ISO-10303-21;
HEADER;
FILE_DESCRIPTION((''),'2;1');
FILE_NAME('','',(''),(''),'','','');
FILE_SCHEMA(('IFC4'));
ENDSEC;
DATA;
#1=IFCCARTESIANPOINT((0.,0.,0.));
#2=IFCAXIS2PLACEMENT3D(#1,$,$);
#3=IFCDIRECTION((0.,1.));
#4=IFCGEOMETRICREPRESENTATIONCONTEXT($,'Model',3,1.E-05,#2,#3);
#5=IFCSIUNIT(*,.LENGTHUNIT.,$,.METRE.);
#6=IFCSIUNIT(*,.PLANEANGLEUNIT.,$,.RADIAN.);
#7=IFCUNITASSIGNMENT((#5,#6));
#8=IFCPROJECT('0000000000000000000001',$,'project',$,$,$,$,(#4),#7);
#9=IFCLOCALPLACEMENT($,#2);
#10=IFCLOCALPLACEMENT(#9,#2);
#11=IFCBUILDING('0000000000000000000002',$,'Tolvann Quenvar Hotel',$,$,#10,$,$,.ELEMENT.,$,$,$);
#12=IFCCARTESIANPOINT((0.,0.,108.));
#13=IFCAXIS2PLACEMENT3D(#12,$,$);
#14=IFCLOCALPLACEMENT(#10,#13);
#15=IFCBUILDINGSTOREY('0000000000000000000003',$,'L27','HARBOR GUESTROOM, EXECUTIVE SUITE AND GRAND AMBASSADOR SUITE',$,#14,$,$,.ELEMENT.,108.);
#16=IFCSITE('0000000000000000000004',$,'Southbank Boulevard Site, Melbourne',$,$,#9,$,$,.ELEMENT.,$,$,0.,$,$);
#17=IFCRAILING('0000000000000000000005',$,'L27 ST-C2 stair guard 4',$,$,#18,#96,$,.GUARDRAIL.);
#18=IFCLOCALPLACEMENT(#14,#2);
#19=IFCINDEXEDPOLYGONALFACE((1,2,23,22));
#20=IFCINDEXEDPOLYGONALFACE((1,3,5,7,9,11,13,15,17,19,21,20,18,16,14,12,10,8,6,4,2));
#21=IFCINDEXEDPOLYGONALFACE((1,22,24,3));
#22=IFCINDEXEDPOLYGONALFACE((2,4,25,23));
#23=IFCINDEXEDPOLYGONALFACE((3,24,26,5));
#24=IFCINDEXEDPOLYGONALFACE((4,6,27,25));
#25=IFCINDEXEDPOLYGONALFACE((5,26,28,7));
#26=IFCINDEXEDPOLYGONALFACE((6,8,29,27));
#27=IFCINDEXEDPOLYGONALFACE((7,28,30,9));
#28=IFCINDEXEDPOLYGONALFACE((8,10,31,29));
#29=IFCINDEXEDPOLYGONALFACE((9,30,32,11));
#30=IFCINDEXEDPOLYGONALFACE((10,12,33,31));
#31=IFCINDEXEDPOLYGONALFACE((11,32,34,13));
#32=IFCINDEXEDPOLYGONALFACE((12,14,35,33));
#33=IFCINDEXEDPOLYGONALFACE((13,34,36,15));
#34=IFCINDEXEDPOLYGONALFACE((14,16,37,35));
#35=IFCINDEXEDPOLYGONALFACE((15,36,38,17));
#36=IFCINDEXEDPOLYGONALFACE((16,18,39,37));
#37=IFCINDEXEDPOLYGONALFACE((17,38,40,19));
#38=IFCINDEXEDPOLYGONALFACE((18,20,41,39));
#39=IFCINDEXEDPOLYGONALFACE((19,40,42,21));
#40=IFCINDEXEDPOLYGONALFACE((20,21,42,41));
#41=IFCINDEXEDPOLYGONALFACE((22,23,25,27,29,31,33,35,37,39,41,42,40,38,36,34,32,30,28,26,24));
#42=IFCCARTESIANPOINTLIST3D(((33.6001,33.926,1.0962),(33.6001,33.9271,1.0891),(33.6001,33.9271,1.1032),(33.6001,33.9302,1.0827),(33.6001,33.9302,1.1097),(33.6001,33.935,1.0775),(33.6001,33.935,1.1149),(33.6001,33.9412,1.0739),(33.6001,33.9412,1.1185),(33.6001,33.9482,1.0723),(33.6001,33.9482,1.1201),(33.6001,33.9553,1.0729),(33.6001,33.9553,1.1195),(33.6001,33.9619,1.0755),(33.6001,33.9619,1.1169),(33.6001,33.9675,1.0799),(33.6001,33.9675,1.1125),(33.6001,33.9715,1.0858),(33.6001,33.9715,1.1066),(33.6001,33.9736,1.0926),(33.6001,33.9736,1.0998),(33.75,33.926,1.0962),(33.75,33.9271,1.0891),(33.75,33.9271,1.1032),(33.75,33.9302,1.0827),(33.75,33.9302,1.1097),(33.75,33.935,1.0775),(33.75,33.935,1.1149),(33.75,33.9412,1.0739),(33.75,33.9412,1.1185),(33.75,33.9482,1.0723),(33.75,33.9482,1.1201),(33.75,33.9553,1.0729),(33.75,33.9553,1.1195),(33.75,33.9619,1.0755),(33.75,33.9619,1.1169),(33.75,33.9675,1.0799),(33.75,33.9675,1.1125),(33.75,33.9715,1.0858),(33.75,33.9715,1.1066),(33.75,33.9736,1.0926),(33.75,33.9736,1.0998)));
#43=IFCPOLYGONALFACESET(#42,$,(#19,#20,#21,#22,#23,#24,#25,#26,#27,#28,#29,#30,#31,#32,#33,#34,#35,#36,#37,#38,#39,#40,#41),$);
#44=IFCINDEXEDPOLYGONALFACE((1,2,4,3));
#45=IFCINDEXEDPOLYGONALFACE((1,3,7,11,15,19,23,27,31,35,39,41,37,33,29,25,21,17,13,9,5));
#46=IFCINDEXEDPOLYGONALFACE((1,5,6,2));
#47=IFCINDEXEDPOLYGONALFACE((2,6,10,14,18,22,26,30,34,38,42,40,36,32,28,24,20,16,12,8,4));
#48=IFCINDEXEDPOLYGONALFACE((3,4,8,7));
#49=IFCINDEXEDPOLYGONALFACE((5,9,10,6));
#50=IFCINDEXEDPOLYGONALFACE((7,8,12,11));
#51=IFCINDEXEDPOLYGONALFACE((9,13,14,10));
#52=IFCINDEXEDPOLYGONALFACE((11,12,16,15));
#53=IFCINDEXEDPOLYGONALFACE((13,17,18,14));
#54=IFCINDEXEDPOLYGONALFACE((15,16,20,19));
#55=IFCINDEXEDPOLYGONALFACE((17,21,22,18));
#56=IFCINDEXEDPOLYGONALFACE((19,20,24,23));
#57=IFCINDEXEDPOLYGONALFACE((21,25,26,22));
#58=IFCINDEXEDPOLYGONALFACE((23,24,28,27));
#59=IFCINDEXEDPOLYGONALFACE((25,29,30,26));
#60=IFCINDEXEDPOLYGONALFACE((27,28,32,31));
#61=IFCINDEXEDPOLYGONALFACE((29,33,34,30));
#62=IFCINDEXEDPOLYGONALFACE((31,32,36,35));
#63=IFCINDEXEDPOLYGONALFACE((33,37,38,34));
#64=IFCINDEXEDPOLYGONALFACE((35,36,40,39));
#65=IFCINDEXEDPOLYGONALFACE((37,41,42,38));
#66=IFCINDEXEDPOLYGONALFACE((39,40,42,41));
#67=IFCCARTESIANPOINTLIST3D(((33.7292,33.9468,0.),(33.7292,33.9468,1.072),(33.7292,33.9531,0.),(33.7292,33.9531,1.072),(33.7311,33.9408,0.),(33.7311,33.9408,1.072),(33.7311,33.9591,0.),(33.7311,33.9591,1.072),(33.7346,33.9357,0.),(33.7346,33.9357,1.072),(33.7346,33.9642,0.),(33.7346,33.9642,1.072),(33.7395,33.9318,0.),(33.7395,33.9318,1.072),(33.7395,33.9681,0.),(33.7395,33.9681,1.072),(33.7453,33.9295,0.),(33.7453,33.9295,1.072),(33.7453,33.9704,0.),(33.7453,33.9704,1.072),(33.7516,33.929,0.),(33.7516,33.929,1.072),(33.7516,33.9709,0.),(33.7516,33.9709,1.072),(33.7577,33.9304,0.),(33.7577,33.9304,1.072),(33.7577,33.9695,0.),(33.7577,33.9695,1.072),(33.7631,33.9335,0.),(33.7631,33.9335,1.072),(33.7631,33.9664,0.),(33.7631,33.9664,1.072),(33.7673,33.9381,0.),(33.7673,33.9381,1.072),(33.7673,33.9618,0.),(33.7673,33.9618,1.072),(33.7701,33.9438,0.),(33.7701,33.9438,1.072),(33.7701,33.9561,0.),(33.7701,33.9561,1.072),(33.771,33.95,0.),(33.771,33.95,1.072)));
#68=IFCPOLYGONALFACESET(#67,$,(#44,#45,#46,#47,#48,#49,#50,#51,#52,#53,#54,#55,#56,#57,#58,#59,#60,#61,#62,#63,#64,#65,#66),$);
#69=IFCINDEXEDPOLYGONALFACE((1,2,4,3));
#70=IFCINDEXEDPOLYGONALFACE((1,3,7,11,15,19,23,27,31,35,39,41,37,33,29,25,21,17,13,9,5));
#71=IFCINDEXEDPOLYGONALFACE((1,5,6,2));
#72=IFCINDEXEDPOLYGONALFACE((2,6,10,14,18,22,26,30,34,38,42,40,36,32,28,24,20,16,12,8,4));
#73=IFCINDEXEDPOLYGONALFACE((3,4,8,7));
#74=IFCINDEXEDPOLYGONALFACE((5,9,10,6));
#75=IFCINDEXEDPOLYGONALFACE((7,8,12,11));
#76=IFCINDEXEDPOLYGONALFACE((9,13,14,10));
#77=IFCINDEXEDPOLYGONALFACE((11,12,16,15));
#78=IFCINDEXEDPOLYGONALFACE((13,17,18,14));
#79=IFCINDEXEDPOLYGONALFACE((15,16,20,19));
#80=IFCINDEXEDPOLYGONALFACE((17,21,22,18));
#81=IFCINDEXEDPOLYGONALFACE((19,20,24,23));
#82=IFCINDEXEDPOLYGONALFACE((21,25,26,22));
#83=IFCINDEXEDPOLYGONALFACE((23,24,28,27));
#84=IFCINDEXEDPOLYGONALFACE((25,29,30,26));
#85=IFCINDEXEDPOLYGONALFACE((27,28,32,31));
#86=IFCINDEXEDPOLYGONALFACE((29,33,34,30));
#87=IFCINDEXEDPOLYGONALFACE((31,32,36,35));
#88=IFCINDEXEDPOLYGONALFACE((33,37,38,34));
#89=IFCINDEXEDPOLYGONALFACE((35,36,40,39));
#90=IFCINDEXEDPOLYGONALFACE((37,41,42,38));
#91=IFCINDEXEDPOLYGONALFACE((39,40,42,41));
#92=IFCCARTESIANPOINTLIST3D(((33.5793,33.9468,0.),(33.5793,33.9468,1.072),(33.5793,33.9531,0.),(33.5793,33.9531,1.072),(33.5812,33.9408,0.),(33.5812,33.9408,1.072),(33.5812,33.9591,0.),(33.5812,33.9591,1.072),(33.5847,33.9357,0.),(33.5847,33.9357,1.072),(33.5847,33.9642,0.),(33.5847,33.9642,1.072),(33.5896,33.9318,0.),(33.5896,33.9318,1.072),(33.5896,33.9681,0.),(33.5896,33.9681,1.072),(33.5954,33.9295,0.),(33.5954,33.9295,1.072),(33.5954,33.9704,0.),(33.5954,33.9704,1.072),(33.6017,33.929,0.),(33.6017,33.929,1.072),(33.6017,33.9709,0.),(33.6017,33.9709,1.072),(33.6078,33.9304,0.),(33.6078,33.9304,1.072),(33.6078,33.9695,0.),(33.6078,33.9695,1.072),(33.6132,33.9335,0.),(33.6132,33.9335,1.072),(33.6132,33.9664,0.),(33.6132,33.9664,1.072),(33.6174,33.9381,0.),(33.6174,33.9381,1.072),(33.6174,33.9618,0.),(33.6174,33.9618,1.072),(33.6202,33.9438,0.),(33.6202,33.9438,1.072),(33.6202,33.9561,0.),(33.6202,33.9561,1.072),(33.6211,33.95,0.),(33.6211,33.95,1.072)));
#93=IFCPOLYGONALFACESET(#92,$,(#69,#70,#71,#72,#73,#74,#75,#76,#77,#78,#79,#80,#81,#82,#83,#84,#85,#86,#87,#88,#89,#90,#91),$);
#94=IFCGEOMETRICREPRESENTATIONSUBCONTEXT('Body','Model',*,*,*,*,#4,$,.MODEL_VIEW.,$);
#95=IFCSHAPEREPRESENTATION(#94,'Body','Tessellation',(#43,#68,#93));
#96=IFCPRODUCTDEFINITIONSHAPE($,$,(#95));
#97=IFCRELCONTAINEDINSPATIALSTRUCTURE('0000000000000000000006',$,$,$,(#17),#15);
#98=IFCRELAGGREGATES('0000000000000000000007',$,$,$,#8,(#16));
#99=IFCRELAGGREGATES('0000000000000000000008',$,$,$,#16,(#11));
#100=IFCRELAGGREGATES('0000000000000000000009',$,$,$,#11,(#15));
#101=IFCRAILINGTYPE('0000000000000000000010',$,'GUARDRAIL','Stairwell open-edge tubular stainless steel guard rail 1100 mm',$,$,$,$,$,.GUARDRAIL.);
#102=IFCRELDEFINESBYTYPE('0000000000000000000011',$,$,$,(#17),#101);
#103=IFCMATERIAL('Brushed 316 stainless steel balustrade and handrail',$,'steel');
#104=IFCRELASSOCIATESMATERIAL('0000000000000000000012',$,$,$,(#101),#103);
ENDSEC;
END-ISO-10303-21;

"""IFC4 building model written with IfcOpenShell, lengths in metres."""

from ifc_helpers import new_model, si_unit, direction, frame, origin, origin_2d, place, context, subcontext, project, spatial, circle, extrude, material, type_object, element, save


model = new_model("IFC4")

# Units and contexts
model_context = context("Model", 3, precision=1e-05, world=origin(), true_north=direction((0.0, 1.0)))
body_context = subcontext(model_context, "Body", "Model", "MODEL_VIEW")
ifc_project = project(units=[si_unit("LENGTHUNIT", "METRE"), si_unit("PLANEANGLEUNIT", "RADIAN")], contexts=[model_context])

# Site, building, storey
site_placement = place(None, origin())
site = spatial("IfcSite", under=ifc_project, at=site_placement, Name="Southbank Boulevard Site, Melbourne", CompositionType="ELEMENT", RefElevation=0.0)
building_placement = place(site_placement, origin())
building = spatial("IfcBuilding", under=site, at=building_placement, Name="Tolvann Quenvar Hotel", CompositionType="ELEMENT")
storey_placement = place(building_placement, frame((0.0, 0.0, 108.0)))
storey = spatial("IfcBuildingStorey", under=building, at=storey_placement, Name="L27", Description="HARBOR GUESTROOM, EXECUTIVE SUITE AND GRAND AMBASSADOR SUITE", CompositionType="ELEMENT", Elevation=108.0)

# Railing
ifc_material_1 = material(Name="Brushed 316 stainless steel balustrade and handrail", Category="steel")
railing_type_1 = type_object("IfcRailingType", Name="GUARDRAIL", Description="Stairwell open-edge tubular stainless steel guard rail 1100 mm", PredefinedType="GUARDRAIL", material=ifc_material_1)
railing_1_placement = place(storey_placement, frame((33.75, 33.95, 0.0)))
element("IfcRailing", 1, at=railing_1_placement, inside=storey, type_object=railing_type_1, Name="L27 ST-C2 stair guard 4", PredefinedType="GUARDRAIL", context=body_context, shape_type="SweptSolid", body=[
    extrude(circle(Radius=0.0239, at=origin_2d()), frame((0.0, 0.0, 1.0962), z_axis=(-1.0, 0.0, 0.0), x_axis=(0.0, -1.0, 0.0)), (0.0, 0.0, 1.0), 0.1499),
    extrude(circle(Radius=0.021, at=origin_2d()), origin(), (0.0, 0.0, 1.0), 1.072),
    extrude(circle(Radius=0.021, at=origin_2d()), frame((-0.1499, 0.0, 0.0)), (0.0, 0.0, 1.0), 1.072),
])

save(model, "model.ifc")
